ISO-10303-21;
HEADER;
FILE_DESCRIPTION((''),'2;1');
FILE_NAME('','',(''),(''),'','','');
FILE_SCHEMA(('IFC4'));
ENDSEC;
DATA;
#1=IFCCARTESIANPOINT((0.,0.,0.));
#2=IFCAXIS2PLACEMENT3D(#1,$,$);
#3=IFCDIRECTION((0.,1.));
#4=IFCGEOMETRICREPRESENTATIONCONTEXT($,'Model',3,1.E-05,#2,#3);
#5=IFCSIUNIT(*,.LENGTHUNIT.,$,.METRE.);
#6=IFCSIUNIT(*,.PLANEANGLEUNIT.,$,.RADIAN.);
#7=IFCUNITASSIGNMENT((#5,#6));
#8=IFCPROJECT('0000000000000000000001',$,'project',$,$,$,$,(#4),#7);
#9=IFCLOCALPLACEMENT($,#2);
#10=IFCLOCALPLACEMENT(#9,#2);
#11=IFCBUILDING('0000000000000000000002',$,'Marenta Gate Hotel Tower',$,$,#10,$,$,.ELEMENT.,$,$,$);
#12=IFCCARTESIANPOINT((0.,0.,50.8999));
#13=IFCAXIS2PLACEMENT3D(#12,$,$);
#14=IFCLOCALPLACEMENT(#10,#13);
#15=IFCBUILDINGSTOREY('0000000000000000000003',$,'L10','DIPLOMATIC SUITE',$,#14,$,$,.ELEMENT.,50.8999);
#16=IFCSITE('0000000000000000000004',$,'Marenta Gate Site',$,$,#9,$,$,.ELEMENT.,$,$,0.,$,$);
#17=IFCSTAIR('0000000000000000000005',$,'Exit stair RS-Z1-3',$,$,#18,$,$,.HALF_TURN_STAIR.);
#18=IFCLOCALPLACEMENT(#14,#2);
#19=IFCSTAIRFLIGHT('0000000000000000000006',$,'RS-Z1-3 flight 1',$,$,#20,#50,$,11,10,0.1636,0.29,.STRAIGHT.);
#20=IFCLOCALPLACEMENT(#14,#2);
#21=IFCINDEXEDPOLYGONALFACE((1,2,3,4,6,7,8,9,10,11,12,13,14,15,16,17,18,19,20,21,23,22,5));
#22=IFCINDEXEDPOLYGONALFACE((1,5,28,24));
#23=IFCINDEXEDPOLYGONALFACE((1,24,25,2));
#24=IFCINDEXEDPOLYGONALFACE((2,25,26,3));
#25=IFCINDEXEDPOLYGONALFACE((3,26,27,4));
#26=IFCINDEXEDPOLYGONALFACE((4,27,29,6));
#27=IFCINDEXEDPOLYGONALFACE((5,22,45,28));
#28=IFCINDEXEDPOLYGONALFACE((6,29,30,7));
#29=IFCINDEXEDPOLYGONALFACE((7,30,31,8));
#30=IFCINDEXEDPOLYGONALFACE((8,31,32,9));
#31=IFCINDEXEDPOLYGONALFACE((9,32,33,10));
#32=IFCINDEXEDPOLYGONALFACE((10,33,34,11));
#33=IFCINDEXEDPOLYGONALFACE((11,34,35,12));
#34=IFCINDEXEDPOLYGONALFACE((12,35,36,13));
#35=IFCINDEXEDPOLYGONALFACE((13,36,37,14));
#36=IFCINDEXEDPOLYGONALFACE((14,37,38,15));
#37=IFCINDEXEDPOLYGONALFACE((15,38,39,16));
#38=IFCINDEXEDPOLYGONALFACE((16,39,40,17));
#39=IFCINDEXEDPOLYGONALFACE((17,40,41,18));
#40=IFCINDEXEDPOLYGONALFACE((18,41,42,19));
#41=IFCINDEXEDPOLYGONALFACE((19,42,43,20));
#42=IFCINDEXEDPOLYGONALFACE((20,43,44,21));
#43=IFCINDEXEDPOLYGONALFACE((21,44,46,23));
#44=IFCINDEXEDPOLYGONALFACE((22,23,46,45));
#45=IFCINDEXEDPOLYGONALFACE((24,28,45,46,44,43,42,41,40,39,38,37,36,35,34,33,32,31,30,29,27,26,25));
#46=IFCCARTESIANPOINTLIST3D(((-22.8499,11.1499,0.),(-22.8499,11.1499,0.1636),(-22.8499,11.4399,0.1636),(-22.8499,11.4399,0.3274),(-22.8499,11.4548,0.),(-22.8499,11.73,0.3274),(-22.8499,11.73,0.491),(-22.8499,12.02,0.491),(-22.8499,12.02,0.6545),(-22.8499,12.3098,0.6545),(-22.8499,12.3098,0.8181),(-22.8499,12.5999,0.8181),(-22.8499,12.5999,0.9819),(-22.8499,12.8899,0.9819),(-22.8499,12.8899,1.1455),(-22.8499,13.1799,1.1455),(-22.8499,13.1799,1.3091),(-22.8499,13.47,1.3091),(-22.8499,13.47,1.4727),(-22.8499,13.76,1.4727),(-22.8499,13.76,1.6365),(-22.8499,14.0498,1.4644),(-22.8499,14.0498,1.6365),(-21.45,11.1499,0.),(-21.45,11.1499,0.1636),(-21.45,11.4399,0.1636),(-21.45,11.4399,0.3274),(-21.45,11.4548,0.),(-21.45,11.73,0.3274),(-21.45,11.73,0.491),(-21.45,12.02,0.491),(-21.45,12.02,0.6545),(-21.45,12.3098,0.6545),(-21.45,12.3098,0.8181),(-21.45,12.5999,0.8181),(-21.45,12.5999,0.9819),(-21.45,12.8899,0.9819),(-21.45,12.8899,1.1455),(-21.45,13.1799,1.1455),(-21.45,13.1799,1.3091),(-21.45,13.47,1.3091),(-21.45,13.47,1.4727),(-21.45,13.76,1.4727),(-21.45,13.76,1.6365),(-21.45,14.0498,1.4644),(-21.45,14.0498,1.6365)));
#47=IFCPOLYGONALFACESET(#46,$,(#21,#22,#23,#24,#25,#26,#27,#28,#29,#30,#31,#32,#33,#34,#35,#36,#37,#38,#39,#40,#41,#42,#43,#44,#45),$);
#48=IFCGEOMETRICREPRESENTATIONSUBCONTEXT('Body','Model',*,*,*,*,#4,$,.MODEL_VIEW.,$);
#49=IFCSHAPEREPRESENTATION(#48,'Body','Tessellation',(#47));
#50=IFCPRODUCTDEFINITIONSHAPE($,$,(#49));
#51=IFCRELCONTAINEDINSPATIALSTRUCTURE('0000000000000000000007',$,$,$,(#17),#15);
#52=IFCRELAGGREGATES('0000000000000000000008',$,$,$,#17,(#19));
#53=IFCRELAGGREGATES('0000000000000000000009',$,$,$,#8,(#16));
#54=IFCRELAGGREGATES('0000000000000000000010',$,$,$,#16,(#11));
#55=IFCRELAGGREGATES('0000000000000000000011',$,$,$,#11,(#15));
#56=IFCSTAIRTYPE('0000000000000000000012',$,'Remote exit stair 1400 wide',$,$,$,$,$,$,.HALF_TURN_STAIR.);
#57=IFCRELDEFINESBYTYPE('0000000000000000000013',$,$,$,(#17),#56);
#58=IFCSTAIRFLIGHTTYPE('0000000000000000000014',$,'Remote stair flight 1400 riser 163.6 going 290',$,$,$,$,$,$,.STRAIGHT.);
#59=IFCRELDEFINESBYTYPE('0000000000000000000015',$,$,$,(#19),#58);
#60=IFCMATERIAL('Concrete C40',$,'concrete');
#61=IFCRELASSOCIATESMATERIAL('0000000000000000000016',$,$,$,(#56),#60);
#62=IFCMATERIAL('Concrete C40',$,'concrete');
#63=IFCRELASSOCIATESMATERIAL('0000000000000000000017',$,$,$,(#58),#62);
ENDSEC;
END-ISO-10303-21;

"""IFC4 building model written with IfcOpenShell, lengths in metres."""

from ifc_helpers import new_model, si_unit, direction, frame, origin, place, context, subcontext, project, spatial, polyline, outline, extrude, material, type_object, element, aggregate, save


model = new_model("IFC4")

# Units and contexts
model_context = context("Model", 3, precision=1e-05, world=origin(), true_north=direction((0.0, 1.0)))
body_context = subcontext(model_context, "Body", "Model", "MODEL_VIEW")
ifc_project = project(units=[si_unit("LENGTHUNIT", "METRE"), si_unit("PLANEANGLEUNIT", "RADIAN")], contexts=[model_context])

# Site, building, storey
site_placement = place(None, origin())
site = spatial("IfcSite", under=ifc_project, at=site_placement, Name="Marenta Gate Site", CompositionType="ELEMENT", RefElevation=0.0)
building_placement = place(site_placement, origin())
building = spatial("IfcBuilding", under=site, at=building_placement, Name="Marenta Gate Hotel Tower", CompositionType="ELEMENT")
storey_placement = place(building_placement, frame((0.0, 0.0, 50.8999)))
storey = spatial("IfcBuildingStorey", under=building, at=storey_placement, Name="L10", Description="DIPLOMATIC SUITE", CompositionType="ELEMENT", Elevation=50.8999)

# Stair, stair flight
ifc_material_1 = material(Name="Concrete C40", Category="concrete")
stair_type = type_object("IfcStairType", Name="Remote exit stair 1400 wide", PredefinedType="HALF_TURN_STAIR", material=ifc_material_1)
stair_placement = place(storey_placement, origin())
stair = element("IfcStair", 1, at=stair_placement, inside=storey, type_object=stair_type, Name="Exit stair RS-Z1-3", PredefinedType="HALF_TURN_STAIR")
ifc_material_2 = material(Name="Concrete C40", Category="concrete")
stair_flight_type = type_object("IfcStairFlightType", Name="Remote stair flight 1400 riser 163.6 going 290", PredefinedType="STRAIGHT", material=ifc_material_2)
stair_flight_placement = place(storey_placement, frame((-22.1499, 11.1499, 0.0), z_axis=(0.0, 0.0, 1.0), x_axis=(0.0, 1.0, 0.0)))
stair_flight = element("IfcStairFlight", 2, at=stair_flight_placement, type_object=stair_flight_type, Name="RS-Z1-3 flight 1", NumberOfRisers=11, NumberOfTreads=10, PredefinedType="STRAIGHT", RiserHeight=0.1636, TreadLength=0.29, context=body_context, shape_type="SweptSolid", body=[
    extrude(outline(polyline([(0.0, 0.0), (0.0, 0.1636), (0.29, 0.1636), (0.29, 0.3274), (0.5801, 0.3274), (0.5801, 0.491), (0.8701, 0.491), (0.8701, 0.6545), (1.1599, 0.6545), (1.1599, 0.8181), (1.45, 0.8181), (1.45, 0.9819), (1.74, 0.9819), (1.74, 1.1455), (2.03, 1.1455), (2.03, 1.3091), (2.3201, 1.3091), (2.3201, 1.4727), (2.6101, 1.4727), (2.6101, 1.6365), (2.8999, 1.6365), (2.8999, 1.8), (2.8999, 1.4644), (0.3049, 0.0), (0.0, 0.0)])), frame((0.0, 0.7, 0.0), z_axis=(0.0, -1.0, 0.0), x_axis=(1.0, 0.0, 0.0)), (0.0, 0.0, 1.0), 1.3999),
])
aggregate(stair, [stair_flight])

save(model, "model.ifc")
